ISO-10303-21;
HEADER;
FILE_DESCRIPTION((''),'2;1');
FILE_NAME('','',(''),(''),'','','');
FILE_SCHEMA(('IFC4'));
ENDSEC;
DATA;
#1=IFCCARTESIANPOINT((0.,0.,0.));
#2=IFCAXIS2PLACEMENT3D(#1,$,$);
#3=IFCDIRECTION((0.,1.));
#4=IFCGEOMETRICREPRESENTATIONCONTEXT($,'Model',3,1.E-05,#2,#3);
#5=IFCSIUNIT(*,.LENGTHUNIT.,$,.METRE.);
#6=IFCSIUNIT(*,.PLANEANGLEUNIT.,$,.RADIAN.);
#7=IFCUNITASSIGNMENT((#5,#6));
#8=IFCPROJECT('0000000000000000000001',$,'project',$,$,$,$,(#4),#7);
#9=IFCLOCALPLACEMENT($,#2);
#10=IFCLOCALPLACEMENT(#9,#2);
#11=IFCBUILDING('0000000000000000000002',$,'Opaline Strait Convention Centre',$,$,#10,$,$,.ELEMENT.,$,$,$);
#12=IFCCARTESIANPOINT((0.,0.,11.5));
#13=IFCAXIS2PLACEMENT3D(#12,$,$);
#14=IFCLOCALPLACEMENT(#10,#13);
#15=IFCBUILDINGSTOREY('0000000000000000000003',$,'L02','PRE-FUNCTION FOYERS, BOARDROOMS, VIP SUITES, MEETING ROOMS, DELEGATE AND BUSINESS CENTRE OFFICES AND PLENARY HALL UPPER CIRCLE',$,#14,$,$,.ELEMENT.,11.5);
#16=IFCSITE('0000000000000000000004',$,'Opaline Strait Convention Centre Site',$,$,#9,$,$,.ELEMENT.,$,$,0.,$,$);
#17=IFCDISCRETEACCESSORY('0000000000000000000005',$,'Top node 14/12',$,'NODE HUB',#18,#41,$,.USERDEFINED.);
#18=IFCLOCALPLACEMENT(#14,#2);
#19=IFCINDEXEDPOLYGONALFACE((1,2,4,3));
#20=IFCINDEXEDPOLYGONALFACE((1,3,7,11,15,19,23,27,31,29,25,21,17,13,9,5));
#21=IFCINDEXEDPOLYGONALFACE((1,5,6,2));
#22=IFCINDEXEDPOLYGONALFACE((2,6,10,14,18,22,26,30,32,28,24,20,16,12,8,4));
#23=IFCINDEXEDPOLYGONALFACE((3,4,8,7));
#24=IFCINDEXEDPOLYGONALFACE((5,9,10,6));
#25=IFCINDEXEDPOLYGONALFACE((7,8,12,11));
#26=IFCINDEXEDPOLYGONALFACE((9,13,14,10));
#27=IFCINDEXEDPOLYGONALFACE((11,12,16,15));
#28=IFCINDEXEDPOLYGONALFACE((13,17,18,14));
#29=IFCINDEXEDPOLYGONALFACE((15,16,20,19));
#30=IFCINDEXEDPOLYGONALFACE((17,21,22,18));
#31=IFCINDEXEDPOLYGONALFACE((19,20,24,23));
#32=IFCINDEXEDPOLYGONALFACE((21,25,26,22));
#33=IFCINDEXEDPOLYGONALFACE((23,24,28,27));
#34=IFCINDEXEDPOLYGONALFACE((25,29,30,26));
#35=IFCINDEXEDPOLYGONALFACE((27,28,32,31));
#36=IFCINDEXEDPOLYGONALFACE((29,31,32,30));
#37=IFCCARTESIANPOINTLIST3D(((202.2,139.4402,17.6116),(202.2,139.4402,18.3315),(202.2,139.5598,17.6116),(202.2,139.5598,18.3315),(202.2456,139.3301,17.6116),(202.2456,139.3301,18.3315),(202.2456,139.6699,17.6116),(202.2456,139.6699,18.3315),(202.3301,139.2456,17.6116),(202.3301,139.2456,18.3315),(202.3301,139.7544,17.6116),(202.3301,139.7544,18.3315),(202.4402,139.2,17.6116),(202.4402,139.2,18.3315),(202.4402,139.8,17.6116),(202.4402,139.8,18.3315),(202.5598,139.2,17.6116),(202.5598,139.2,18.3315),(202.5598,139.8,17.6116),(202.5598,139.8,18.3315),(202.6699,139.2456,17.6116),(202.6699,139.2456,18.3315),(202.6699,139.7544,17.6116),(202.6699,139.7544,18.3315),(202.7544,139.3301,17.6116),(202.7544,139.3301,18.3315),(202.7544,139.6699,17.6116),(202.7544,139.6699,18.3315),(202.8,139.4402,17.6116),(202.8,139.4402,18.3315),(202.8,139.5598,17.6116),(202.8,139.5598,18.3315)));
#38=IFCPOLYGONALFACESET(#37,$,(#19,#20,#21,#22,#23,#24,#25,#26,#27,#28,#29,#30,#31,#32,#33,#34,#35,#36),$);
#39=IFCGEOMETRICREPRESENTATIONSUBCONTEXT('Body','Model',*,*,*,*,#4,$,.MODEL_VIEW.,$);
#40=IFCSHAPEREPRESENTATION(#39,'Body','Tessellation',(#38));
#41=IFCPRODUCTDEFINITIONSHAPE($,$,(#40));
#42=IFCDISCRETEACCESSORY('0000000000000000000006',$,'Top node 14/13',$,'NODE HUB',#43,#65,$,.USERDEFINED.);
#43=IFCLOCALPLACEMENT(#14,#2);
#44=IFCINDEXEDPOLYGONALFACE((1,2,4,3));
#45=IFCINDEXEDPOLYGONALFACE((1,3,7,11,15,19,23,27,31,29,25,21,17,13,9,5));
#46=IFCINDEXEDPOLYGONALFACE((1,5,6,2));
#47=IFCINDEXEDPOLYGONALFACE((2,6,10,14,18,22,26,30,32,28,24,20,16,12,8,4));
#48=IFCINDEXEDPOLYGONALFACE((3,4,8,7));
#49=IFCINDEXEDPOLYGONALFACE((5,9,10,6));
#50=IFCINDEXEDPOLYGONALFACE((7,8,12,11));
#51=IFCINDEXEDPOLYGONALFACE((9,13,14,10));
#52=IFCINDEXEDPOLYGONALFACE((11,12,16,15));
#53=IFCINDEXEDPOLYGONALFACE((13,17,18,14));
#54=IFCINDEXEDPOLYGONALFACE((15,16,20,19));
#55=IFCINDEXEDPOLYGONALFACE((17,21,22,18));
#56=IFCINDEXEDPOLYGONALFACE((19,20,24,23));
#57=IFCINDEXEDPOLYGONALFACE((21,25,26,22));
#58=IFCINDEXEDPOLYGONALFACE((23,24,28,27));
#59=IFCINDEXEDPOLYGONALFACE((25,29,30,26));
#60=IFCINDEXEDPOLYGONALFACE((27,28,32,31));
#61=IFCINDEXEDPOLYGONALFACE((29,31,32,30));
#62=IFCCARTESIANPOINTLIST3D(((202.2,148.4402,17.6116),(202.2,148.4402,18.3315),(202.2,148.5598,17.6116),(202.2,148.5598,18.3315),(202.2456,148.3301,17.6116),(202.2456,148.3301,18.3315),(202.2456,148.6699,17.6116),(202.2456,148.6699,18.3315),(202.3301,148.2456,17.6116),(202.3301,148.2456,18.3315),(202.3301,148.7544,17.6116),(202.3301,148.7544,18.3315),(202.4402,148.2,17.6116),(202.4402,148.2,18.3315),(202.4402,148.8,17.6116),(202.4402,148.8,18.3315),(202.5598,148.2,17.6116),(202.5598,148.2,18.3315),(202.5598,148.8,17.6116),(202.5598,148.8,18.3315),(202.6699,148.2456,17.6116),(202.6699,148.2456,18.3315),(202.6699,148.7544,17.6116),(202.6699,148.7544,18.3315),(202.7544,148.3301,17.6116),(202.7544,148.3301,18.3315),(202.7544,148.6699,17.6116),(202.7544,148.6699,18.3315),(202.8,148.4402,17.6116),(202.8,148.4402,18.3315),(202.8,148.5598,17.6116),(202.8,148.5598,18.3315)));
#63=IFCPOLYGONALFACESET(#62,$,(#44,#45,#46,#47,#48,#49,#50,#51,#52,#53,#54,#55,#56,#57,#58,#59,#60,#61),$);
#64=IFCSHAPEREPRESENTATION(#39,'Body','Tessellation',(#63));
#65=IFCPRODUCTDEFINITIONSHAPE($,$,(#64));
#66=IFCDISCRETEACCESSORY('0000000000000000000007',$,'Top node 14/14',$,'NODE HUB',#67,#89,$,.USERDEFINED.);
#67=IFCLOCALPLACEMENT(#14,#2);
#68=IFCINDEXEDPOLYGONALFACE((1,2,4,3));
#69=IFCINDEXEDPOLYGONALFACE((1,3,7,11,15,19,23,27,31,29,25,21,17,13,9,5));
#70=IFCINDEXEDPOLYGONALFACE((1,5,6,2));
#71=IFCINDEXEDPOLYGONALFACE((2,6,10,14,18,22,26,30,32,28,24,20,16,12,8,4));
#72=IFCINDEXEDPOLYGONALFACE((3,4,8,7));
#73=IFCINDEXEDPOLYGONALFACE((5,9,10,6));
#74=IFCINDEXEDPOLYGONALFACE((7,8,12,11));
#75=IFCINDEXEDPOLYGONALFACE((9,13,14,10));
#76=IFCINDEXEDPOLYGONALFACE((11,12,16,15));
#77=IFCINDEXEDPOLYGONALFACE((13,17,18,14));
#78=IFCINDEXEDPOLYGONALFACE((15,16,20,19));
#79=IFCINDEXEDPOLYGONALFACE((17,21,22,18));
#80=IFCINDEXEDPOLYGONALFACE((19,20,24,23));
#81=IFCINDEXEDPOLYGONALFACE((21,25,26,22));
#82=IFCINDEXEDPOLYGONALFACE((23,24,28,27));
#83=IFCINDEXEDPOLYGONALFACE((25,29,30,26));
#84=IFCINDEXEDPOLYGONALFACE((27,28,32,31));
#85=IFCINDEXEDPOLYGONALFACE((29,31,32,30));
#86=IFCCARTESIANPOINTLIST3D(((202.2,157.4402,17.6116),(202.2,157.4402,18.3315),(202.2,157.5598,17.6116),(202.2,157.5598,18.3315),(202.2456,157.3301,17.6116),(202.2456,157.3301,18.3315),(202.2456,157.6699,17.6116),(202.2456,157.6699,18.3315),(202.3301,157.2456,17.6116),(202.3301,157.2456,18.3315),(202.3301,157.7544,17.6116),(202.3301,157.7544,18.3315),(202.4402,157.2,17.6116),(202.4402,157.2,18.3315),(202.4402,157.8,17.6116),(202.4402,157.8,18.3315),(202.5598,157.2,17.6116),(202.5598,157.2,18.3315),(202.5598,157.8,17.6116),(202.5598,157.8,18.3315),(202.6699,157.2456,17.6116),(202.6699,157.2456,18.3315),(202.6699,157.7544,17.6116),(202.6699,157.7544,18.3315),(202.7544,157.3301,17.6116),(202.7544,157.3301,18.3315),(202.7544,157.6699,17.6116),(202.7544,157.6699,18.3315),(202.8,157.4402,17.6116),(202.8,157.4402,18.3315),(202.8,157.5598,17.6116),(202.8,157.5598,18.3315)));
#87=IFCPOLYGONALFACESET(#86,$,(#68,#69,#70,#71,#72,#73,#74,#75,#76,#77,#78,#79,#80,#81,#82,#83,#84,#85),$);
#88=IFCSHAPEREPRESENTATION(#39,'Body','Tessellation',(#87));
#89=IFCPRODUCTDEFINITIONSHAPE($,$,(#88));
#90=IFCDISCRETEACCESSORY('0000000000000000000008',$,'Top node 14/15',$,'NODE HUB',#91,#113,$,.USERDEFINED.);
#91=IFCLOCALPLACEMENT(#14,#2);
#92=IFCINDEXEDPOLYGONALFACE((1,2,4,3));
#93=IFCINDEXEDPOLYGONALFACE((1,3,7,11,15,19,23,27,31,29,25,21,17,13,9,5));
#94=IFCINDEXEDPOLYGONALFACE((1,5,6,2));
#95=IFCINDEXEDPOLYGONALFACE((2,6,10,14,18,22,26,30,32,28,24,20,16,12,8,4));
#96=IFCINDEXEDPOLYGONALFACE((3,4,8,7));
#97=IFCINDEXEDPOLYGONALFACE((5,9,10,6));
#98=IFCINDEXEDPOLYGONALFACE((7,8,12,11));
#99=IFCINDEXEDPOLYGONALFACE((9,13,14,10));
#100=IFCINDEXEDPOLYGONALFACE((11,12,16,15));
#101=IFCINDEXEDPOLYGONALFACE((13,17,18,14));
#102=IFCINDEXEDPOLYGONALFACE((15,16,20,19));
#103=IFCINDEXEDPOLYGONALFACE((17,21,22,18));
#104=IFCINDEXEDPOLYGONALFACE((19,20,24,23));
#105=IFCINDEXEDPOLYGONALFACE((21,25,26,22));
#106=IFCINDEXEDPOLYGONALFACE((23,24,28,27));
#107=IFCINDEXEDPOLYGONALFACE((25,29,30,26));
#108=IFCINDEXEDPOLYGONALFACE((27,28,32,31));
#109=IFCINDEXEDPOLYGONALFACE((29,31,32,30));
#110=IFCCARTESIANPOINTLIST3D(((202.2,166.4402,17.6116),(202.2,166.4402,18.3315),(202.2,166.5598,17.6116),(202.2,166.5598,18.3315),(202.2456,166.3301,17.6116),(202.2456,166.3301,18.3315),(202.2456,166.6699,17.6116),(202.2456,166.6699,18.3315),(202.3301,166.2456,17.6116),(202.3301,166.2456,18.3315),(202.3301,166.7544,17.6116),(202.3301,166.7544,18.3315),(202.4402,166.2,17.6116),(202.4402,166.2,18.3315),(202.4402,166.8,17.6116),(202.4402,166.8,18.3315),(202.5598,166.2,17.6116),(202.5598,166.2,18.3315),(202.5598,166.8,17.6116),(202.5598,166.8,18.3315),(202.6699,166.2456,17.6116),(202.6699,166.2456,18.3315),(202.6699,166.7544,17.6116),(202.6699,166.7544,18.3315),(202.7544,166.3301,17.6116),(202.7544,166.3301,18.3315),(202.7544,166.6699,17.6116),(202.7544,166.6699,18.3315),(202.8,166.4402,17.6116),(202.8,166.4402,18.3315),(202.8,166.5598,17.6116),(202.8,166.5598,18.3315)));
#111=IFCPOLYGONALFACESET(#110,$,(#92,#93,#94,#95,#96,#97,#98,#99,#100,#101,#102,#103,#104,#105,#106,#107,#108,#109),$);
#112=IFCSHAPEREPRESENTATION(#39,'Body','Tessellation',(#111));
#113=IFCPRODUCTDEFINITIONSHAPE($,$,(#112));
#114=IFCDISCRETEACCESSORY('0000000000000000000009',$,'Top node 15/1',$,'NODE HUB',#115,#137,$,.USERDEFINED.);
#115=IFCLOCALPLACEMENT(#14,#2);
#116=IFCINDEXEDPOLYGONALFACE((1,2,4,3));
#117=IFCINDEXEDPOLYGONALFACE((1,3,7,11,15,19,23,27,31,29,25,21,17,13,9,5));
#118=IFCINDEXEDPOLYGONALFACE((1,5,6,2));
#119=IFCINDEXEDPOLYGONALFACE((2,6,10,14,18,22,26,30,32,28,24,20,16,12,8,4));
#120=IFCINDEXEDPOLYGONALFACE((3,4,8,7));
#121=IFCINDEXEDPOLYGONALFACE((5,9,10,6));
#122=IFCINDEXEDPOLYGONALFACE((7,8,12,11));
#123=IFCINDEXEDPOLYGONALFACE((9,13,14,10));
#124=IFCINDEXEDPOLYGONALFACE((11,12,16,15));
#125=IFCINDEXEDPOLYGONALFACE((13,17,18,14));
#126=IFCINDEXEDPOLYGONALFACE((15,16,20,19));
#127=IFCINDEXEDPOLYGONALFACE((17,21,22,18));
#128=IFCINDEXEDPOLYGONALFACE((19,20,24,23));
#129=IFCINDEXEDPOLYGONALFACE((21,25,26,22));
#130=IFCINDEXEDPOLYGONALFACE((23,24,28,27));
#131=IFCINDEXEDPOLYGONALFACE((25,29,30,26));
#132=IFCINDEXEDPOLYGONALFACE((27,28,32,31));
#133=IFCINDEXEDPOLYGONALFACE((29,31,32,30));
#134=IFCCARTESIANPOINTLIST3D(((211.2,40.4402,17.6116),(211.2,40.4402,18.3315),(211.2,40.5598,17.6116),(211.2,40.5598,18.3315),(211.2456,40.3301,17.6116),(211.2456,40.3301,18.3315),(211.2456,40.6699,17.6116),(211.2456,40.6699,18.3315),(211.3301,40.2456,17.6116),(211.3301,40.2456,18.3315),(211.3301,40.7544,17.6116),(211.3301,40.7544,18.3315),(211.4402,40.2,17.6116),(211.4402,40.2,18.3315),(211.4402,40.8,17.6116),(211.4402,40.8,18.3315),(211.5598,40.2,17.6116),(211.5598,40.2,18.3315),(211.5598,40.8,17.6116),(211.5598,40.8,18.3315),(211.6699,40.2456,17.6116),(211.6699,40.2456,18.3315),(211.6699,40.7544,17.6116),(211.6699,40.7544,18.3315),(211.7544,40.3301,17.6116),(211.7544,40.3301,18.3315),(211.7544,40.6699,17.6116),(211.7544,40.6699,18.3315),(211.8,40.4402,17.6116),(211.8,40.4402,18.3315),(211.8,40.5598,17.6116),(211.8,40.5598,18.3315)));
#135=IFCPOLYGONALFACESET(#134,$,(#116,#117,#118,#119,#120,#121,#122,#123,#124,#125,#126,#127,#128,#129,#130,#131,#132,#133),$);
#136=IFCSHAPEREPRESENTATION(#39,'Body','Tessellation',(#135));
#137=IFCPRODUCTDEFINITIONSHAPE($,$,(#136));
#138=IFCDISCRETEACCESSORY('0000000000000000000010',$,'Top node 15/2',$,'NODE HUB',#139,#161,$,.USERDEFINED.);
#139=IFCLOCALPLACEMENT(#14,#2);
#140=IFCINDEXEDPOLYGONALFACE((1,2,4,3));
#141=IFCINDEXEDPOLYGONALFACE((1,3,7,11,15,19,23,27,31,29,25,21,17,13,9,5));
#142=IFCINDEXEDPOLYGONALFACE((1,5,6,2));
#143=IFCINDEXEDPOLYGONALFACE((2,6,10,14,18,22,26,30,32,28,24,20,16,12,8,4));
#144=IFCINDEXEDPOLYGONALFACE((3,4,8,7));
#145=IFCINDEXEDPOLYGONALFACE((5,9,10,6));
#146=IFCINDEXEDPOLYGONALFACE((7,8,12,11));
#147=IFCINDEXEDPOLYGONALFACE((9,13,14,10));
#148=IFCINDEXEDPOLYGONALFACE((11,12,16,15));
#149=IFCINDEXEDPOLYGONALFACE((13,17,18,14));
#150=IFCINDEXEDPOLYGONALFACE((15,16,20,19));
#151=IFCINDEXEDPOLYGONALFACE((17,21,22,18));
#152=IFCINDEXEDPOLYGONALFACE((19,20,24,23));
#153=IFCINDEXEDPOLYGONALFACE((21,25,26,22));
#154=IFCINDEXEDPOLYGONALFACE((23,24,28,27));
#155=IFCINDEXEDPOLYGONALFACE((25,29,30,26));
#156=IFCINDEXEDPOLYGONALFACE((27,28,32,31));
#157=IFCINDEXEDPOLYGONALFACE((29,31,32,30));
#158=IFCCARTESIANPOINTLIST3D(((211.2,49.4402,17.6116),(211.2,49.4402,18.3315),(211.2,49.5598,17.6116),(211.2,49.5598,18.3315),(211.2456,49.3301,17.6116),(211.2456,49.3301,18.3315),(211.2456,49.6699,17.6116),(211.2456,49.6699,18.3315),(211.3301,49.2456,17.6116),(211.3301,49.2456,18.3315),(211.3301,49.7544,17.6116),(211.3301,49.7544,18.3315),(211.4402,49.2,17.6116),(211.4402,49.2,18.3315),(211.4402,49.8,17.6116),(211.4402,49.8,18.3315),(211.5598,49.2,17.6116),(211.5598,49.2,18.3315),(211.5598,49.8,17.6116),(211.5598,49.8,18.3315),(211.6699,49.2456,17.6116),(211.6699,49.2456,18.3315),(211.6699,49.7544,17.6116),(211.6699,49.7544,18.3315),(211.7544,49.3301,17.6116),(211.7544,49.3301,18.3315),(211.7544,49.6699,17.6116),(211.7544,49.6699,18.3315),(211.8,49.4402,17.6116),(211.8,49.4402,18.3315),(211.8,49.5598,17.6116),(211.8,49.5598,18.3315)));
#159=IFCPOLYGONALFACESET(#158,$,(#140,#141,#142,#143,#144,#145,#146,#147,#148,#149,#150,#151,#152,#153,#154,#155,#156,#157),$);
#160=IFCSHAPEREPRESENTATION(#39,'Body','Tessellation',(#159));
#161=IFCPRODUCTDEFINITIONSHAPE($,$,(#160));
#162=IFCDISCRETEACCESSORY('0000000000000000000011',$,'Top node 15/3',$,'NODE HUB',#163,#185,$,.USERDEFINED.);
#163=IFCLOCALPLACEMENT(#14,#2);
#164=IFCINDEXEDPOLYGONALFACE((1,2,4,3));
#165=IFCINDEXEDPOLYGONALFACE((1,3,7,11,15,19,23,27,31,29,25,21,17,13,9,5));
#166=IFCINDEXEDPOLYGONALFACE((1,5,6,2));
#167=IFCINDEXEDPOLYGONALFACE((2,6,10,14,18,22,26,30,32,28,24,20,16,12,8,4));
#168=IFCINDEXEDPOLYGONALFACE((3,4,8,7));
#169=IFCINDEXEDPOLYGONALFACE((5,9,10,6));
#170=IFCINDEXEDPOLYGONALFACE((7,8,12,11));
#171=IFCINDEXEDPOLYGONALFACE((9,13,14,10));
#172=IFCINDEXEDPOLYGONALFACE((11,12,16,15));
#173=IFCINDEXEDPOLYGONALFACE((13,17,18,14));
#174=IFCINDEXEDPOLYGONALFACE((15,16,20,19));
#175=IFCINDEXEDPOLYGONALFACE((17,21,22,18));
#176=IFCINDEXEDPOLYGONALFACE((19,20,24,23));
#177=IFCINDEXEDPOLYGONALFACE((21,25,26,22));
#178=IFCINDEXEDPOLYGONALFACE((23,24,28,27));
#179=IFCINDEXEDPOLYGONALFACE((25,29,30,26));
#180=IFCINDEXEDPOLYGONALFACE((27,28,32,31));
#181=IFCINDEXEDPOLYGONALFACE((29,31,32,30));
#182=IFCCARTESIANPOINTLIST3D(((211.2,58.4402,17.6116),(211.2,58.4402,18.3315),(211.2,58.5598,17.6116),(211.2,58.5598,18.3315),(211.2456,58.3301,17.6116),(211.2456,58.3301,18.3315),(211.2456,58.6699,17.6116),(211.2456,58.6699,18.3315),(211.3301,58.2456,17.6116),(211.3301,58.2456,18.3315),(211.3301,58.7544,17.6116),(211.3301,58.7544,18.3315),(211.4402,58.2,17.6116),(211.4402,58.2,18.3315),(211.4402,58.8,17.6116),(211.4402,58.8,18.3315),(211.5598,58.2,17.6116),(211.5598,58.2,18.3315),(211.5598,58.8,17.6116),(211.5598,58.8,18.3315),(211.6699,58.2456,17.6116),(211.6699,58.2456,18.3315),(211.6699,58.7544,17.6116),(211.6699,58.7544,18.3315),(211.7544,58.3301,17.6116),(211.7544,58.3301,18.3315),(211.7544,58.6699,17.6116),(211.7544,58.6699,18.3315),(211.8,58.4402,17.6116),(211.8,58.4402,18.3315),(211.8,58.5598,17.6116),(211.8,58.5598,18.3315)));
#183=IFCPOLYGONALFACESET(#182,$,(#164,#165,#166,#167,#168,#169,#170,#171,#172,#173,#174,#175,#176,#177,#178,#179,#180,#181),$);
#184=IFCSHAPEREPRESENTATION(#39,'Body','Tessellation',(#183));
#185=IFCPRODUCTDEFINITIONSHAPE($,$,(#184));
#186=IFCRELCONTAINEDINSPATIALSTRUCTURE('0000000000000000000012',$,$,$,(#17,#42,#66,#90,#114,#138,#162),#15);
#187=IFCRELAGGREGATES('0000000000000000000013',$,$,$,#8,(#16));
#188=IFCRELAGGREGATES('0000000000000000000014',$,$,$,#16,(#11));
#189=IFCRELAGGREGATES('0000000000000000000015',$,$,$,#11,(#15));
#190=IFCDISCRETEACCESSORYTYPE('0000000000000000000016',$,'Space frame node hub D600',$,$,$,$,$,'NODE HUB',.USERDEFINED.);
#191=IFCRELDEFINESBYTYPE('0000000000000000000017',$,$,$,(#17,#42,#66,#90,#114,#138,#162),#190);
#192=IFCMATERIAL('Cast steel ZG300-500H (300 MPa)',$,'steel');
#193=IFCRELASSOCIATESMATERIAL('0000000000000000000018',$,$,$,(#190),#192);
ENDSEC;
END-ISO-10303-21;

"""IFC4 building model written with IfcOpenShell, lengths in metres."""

from ifc_helpers import new_model, si_unit, direction, frame, origin, place, context, subcontext, project, spatial, polyline, outline, extrude, material, type_object, element, save


model = new_model("IFC4")

# Units and contexts
model_context = context("Model", 3, precision=1e-05, world=origin(), true_north=direction((0.0, 1.0)))
body_context = subcontext(model_context, "Body", "Model", "MODEL_VIEW")
ifc_project = project(units=[si_unit("LENGTHUNIT", "METRE"), si_unit("PLANEANGLEUNIT", "RADIAN")], contexts=[model_context])

# Site, building, storey
site_placement = place(None, origin())
site = spatial("IfcSite", under=ifc_project, at=site_placement, Name="Opaline Strait Convention Centre Site", CompositionType="ELEMENT", RefElevation=0.0)
building_placement = place(site_placement, origin())
building = spatial("IfcBuilding", under=site, at=building_placement, Name="Opaline Strait Convention Centre", CompositionType="ELEMENT")
storey_placement = place(building_placement, frame((0.0, 0.0, 11.5)))
storey = spatial("IfcBuildingStorey", under=building, at=storey_placement, Name="L02", Description="PRE-FUNCTION FOYERS, BOARDROOMS, VIP SUITES, MEETING ROOMS, DELEGATE AND BUSINESS CENTRE OFFICES AND PLENARY HALL UPPER CIRCLE", CompositionType="ELEMENT", Elevation=11.5)

# Discrete accessories
ifc_material = material(Name="Cast steel ZG300-500H (300 MPa)", Category="steel")
discrete_accessory_type = type_object("IfcDiscreteAccessoryType", Name="Space frame node hub D600", ElementType="NODE HUB", PredefinedType="USERDEFINED", material=ifc_material)
discrete_accessory_1_placement = place(storey_placement, frame((0.0, 0.0, 17.6116)))
element("IfcDiscreteAccessory", 1, at=discrete_accessory_1_placement, inside=storey, type_object=discrete_accessory_type, Name="Top node 14/12", ObjectType="NODE HUB", PredefinedType="USERDEFINED", context=body_context, shape_type="SweptSolid", body=[
    extrude(outline(polyline([(202.8, 139.5598), (202.7544, 139.6699), (202.6699, 139.7544), (202.5598, 139.8), (202.4402, 139.8), (202.3301, 139.7544), (202.2456, 139.6699), (202.2, 139.5598), (202.2, 139.4402), (202.2456, 139.3301), (202.3301, 139.2456), (202.4402, 139.2), (202.5598, 139.2), (202.6699, 139.2456), (202.7544, 139.3301), (202.8, 139.4402), (202.8, 139.5598)])), origin(), (0.0, 0.0, 1.0), 0.72),
])
discrete_accessory_2_placement = place(storey_placement, frame((0.0, 0.0, 17.6116)))
element("IfcDiscreteAccessory", 2, at=discrete_accessory_2_placement, inside=storey, type_object=discrete_accessory_type, Name="Top node 14/13", ObjectType="NODE HUB", PredefinedType="USERDEFINED", context=body_context, shape_type="SweptSolid", body=[
    extrude(outline(polyline([(202.8, 148.5598), (202.7544, 148.6699), (202.6699, 148.7544), (202.5598, 148.8), (202.4402, 148.8), (202.3301, 148.7544), (202.2456, 148.6699), (202.2, 148.5598), (202.2, 148.4402), (202.2456, 148.3301), (202.3301, 148.2456), (202.4402, 148.2), (202.5598, 148.2), (202.6699, 148.2456), (202.7544, 148.3301), (202.8, 148.4402), (202.8, 148.5598)])), origin(), (0.0, 0.0, 1.0), 0.72),
])
discrete_accessory_3_placement = place(storey_placement, frame((0.0, 0.0, 17.6116)))
element("IfcDiscreteAccessory", 3, at=discrete_accessory_3_placement, inside=storey, type_object=discrete_accessory_type, Name="Top node 14/14", ObjectType="NODE HUB", PredefinedType="USERDEFINED", context=body_context, shape_type="SweptSolid", body=[
    extrude(outline(polyline([(202.8, 157.5598), (202.7544, 157.6699), (202.6699, 157.7544), (202.5598, 157.8), (202.4402, 157.8), (202.3301, 157.7544), (202.2456, 157.6699), (202.2, 157.5598), (202.2, 157.4402), (202.2456, 157.3301), (202.3301, 157.2456), (202.4402, 157.2), (202.5598, 157.2), (202.6699, 157.2456), (202.7544, 157.3301), (202.8, 157.4402), (202.8, 157.5598)])), origin(), (0.0, 0.0, 1.0), 0.72),
])
discrete_accessory_4_placement = place(storey_placement, frame((0.0, 0.0, 17.6116)))
element("IfcDiscreteAccessory", 4, at=discrete_accessory_4_placement, inside=storey, type_object=discrete_accessory_type, Name="Top node 14/15", ObjectType="NODE HUB", PredefinedType="USERDEFINED", context=body_context, shape_type="SweptSolid", body=[
    extrude(outline(polyline([(202.8, 166.5598), (202.7544, 166.6699), (202.6699, 166.7544), (202.5598, 166.8), (202.4402, 166.8), (202.3301, 166.7544), (202.2456, 166.6699), (202.2, 166.5598), (202.2, 166.4402), (202.2456, 166.3301), (202.3301, 166.2456), (202.4402, 166.2), (202.5598, 166.2), (202.6699, 166.2456), (202.7544, 166.3301), (202.8, 166.4402), (202.8, 166.5598)])), origin(), (0.0, 0.0, 1.0), 0.72),
])
discrete_accessory_5_placement = place(storey_placement, frame((0.0, 0.0, 17.6116)))
element("IfcDiscreteAccessory", 5, at=discrete_accessory_5_placement, inside=storey, type_object=discrete_accessory_type, Name="Top node 15/1", ObjectType="NODE HUB", PredefinedType="USERDEFINED", context=body_context, shape_type="SweptSolid", body=[
    extrude(outline(polyline([(211.8, 40.5598), (211.7544, 40.6699), (211.6699, 40.7544), (211.5598, 40.8), (211.4402, 40.8), (211.3301, 40.7544), (211.2456, 40.6699), (211.2, 40.5598), (211.2, 40.4402), (211.2456, 40.3301), (211.3301, 40.2456), (211.4402, 40.2), (211.5598, 40.2), (211.6699, 40.2456), (211.7544, 40.3301), (211.8, 40.4402), (211.8, 40.5598)])), origin(), (0.0, 0.0, 1.0), 0.72),
])
discrete_accessory_6_placement = place(storey_placement, frame((0.0, 0.0, 17.6116)))
element("IfcDiscreteAccessory", 6, at=discrete_accessory_6_placement, inside=storey, type_object=discrete_accessory_type, Name="Top node 15/2", ObjectType="NODE HUB", PredefinedType="USERDEFINED", context=body_context, shape_type="SweptSolid", body=[
    extrude(outline(polyline([(211.8, 49.5598), (211.7544, 49.6699), (211.6699, 49.7544), (211.5598, 49.8), (211.4402, 49.8), (211.3301, 49.7544), (211.2456, 49.6699), (211.2, 49.5598), (211.2, 49.4402), (211.2456, 49.3301), (211.3301, 49.2456), (211.4402, 49.2), (211.5598, 49.2), (211.6699, 49.2456), (211.7544, 49.3301), (211.8, 49.4402), (211.8, 49.5598)])), origin(), (0.0, 0.0, 1.0), 0.72),
])
discrete_accessory_7_placement = place(storey_placement, frame((0.0, 0.0, 17.6116)))
element("IfcDiscreteAccessory", 7, at=discrete_accessory_7_placement, inside=storey, type_object=discrete_accessory_type, Name="Top node 15/3", ObjectType="NODE HUB", PredefinedType="USERDEFINED", context=body_context, shape_type="SweptSolid", body=[
    extrude(outline(polyline([(211.8, 58.5598), (211.7544, 58.6699), (211.6699, 58.7544), (211.5598, 58.8), (211.4402, 58.8), (211.3301, 58.7544), (211.2456, 58.6699), (211.2, 58.5598), (211.2, 58.4402), (211.2456, 58.3301), (211.3301, 58.2456), (211.4402, 58.2), (211.5598, 58.2), (211.6699, 58.2456), (211.7544, 58.3301), (211.8, 58.4402), (211.8, 58.5598)])), origin(), (0.0, 0.0, 1.0), 0.72),
])

save(model, "model.ifc")
